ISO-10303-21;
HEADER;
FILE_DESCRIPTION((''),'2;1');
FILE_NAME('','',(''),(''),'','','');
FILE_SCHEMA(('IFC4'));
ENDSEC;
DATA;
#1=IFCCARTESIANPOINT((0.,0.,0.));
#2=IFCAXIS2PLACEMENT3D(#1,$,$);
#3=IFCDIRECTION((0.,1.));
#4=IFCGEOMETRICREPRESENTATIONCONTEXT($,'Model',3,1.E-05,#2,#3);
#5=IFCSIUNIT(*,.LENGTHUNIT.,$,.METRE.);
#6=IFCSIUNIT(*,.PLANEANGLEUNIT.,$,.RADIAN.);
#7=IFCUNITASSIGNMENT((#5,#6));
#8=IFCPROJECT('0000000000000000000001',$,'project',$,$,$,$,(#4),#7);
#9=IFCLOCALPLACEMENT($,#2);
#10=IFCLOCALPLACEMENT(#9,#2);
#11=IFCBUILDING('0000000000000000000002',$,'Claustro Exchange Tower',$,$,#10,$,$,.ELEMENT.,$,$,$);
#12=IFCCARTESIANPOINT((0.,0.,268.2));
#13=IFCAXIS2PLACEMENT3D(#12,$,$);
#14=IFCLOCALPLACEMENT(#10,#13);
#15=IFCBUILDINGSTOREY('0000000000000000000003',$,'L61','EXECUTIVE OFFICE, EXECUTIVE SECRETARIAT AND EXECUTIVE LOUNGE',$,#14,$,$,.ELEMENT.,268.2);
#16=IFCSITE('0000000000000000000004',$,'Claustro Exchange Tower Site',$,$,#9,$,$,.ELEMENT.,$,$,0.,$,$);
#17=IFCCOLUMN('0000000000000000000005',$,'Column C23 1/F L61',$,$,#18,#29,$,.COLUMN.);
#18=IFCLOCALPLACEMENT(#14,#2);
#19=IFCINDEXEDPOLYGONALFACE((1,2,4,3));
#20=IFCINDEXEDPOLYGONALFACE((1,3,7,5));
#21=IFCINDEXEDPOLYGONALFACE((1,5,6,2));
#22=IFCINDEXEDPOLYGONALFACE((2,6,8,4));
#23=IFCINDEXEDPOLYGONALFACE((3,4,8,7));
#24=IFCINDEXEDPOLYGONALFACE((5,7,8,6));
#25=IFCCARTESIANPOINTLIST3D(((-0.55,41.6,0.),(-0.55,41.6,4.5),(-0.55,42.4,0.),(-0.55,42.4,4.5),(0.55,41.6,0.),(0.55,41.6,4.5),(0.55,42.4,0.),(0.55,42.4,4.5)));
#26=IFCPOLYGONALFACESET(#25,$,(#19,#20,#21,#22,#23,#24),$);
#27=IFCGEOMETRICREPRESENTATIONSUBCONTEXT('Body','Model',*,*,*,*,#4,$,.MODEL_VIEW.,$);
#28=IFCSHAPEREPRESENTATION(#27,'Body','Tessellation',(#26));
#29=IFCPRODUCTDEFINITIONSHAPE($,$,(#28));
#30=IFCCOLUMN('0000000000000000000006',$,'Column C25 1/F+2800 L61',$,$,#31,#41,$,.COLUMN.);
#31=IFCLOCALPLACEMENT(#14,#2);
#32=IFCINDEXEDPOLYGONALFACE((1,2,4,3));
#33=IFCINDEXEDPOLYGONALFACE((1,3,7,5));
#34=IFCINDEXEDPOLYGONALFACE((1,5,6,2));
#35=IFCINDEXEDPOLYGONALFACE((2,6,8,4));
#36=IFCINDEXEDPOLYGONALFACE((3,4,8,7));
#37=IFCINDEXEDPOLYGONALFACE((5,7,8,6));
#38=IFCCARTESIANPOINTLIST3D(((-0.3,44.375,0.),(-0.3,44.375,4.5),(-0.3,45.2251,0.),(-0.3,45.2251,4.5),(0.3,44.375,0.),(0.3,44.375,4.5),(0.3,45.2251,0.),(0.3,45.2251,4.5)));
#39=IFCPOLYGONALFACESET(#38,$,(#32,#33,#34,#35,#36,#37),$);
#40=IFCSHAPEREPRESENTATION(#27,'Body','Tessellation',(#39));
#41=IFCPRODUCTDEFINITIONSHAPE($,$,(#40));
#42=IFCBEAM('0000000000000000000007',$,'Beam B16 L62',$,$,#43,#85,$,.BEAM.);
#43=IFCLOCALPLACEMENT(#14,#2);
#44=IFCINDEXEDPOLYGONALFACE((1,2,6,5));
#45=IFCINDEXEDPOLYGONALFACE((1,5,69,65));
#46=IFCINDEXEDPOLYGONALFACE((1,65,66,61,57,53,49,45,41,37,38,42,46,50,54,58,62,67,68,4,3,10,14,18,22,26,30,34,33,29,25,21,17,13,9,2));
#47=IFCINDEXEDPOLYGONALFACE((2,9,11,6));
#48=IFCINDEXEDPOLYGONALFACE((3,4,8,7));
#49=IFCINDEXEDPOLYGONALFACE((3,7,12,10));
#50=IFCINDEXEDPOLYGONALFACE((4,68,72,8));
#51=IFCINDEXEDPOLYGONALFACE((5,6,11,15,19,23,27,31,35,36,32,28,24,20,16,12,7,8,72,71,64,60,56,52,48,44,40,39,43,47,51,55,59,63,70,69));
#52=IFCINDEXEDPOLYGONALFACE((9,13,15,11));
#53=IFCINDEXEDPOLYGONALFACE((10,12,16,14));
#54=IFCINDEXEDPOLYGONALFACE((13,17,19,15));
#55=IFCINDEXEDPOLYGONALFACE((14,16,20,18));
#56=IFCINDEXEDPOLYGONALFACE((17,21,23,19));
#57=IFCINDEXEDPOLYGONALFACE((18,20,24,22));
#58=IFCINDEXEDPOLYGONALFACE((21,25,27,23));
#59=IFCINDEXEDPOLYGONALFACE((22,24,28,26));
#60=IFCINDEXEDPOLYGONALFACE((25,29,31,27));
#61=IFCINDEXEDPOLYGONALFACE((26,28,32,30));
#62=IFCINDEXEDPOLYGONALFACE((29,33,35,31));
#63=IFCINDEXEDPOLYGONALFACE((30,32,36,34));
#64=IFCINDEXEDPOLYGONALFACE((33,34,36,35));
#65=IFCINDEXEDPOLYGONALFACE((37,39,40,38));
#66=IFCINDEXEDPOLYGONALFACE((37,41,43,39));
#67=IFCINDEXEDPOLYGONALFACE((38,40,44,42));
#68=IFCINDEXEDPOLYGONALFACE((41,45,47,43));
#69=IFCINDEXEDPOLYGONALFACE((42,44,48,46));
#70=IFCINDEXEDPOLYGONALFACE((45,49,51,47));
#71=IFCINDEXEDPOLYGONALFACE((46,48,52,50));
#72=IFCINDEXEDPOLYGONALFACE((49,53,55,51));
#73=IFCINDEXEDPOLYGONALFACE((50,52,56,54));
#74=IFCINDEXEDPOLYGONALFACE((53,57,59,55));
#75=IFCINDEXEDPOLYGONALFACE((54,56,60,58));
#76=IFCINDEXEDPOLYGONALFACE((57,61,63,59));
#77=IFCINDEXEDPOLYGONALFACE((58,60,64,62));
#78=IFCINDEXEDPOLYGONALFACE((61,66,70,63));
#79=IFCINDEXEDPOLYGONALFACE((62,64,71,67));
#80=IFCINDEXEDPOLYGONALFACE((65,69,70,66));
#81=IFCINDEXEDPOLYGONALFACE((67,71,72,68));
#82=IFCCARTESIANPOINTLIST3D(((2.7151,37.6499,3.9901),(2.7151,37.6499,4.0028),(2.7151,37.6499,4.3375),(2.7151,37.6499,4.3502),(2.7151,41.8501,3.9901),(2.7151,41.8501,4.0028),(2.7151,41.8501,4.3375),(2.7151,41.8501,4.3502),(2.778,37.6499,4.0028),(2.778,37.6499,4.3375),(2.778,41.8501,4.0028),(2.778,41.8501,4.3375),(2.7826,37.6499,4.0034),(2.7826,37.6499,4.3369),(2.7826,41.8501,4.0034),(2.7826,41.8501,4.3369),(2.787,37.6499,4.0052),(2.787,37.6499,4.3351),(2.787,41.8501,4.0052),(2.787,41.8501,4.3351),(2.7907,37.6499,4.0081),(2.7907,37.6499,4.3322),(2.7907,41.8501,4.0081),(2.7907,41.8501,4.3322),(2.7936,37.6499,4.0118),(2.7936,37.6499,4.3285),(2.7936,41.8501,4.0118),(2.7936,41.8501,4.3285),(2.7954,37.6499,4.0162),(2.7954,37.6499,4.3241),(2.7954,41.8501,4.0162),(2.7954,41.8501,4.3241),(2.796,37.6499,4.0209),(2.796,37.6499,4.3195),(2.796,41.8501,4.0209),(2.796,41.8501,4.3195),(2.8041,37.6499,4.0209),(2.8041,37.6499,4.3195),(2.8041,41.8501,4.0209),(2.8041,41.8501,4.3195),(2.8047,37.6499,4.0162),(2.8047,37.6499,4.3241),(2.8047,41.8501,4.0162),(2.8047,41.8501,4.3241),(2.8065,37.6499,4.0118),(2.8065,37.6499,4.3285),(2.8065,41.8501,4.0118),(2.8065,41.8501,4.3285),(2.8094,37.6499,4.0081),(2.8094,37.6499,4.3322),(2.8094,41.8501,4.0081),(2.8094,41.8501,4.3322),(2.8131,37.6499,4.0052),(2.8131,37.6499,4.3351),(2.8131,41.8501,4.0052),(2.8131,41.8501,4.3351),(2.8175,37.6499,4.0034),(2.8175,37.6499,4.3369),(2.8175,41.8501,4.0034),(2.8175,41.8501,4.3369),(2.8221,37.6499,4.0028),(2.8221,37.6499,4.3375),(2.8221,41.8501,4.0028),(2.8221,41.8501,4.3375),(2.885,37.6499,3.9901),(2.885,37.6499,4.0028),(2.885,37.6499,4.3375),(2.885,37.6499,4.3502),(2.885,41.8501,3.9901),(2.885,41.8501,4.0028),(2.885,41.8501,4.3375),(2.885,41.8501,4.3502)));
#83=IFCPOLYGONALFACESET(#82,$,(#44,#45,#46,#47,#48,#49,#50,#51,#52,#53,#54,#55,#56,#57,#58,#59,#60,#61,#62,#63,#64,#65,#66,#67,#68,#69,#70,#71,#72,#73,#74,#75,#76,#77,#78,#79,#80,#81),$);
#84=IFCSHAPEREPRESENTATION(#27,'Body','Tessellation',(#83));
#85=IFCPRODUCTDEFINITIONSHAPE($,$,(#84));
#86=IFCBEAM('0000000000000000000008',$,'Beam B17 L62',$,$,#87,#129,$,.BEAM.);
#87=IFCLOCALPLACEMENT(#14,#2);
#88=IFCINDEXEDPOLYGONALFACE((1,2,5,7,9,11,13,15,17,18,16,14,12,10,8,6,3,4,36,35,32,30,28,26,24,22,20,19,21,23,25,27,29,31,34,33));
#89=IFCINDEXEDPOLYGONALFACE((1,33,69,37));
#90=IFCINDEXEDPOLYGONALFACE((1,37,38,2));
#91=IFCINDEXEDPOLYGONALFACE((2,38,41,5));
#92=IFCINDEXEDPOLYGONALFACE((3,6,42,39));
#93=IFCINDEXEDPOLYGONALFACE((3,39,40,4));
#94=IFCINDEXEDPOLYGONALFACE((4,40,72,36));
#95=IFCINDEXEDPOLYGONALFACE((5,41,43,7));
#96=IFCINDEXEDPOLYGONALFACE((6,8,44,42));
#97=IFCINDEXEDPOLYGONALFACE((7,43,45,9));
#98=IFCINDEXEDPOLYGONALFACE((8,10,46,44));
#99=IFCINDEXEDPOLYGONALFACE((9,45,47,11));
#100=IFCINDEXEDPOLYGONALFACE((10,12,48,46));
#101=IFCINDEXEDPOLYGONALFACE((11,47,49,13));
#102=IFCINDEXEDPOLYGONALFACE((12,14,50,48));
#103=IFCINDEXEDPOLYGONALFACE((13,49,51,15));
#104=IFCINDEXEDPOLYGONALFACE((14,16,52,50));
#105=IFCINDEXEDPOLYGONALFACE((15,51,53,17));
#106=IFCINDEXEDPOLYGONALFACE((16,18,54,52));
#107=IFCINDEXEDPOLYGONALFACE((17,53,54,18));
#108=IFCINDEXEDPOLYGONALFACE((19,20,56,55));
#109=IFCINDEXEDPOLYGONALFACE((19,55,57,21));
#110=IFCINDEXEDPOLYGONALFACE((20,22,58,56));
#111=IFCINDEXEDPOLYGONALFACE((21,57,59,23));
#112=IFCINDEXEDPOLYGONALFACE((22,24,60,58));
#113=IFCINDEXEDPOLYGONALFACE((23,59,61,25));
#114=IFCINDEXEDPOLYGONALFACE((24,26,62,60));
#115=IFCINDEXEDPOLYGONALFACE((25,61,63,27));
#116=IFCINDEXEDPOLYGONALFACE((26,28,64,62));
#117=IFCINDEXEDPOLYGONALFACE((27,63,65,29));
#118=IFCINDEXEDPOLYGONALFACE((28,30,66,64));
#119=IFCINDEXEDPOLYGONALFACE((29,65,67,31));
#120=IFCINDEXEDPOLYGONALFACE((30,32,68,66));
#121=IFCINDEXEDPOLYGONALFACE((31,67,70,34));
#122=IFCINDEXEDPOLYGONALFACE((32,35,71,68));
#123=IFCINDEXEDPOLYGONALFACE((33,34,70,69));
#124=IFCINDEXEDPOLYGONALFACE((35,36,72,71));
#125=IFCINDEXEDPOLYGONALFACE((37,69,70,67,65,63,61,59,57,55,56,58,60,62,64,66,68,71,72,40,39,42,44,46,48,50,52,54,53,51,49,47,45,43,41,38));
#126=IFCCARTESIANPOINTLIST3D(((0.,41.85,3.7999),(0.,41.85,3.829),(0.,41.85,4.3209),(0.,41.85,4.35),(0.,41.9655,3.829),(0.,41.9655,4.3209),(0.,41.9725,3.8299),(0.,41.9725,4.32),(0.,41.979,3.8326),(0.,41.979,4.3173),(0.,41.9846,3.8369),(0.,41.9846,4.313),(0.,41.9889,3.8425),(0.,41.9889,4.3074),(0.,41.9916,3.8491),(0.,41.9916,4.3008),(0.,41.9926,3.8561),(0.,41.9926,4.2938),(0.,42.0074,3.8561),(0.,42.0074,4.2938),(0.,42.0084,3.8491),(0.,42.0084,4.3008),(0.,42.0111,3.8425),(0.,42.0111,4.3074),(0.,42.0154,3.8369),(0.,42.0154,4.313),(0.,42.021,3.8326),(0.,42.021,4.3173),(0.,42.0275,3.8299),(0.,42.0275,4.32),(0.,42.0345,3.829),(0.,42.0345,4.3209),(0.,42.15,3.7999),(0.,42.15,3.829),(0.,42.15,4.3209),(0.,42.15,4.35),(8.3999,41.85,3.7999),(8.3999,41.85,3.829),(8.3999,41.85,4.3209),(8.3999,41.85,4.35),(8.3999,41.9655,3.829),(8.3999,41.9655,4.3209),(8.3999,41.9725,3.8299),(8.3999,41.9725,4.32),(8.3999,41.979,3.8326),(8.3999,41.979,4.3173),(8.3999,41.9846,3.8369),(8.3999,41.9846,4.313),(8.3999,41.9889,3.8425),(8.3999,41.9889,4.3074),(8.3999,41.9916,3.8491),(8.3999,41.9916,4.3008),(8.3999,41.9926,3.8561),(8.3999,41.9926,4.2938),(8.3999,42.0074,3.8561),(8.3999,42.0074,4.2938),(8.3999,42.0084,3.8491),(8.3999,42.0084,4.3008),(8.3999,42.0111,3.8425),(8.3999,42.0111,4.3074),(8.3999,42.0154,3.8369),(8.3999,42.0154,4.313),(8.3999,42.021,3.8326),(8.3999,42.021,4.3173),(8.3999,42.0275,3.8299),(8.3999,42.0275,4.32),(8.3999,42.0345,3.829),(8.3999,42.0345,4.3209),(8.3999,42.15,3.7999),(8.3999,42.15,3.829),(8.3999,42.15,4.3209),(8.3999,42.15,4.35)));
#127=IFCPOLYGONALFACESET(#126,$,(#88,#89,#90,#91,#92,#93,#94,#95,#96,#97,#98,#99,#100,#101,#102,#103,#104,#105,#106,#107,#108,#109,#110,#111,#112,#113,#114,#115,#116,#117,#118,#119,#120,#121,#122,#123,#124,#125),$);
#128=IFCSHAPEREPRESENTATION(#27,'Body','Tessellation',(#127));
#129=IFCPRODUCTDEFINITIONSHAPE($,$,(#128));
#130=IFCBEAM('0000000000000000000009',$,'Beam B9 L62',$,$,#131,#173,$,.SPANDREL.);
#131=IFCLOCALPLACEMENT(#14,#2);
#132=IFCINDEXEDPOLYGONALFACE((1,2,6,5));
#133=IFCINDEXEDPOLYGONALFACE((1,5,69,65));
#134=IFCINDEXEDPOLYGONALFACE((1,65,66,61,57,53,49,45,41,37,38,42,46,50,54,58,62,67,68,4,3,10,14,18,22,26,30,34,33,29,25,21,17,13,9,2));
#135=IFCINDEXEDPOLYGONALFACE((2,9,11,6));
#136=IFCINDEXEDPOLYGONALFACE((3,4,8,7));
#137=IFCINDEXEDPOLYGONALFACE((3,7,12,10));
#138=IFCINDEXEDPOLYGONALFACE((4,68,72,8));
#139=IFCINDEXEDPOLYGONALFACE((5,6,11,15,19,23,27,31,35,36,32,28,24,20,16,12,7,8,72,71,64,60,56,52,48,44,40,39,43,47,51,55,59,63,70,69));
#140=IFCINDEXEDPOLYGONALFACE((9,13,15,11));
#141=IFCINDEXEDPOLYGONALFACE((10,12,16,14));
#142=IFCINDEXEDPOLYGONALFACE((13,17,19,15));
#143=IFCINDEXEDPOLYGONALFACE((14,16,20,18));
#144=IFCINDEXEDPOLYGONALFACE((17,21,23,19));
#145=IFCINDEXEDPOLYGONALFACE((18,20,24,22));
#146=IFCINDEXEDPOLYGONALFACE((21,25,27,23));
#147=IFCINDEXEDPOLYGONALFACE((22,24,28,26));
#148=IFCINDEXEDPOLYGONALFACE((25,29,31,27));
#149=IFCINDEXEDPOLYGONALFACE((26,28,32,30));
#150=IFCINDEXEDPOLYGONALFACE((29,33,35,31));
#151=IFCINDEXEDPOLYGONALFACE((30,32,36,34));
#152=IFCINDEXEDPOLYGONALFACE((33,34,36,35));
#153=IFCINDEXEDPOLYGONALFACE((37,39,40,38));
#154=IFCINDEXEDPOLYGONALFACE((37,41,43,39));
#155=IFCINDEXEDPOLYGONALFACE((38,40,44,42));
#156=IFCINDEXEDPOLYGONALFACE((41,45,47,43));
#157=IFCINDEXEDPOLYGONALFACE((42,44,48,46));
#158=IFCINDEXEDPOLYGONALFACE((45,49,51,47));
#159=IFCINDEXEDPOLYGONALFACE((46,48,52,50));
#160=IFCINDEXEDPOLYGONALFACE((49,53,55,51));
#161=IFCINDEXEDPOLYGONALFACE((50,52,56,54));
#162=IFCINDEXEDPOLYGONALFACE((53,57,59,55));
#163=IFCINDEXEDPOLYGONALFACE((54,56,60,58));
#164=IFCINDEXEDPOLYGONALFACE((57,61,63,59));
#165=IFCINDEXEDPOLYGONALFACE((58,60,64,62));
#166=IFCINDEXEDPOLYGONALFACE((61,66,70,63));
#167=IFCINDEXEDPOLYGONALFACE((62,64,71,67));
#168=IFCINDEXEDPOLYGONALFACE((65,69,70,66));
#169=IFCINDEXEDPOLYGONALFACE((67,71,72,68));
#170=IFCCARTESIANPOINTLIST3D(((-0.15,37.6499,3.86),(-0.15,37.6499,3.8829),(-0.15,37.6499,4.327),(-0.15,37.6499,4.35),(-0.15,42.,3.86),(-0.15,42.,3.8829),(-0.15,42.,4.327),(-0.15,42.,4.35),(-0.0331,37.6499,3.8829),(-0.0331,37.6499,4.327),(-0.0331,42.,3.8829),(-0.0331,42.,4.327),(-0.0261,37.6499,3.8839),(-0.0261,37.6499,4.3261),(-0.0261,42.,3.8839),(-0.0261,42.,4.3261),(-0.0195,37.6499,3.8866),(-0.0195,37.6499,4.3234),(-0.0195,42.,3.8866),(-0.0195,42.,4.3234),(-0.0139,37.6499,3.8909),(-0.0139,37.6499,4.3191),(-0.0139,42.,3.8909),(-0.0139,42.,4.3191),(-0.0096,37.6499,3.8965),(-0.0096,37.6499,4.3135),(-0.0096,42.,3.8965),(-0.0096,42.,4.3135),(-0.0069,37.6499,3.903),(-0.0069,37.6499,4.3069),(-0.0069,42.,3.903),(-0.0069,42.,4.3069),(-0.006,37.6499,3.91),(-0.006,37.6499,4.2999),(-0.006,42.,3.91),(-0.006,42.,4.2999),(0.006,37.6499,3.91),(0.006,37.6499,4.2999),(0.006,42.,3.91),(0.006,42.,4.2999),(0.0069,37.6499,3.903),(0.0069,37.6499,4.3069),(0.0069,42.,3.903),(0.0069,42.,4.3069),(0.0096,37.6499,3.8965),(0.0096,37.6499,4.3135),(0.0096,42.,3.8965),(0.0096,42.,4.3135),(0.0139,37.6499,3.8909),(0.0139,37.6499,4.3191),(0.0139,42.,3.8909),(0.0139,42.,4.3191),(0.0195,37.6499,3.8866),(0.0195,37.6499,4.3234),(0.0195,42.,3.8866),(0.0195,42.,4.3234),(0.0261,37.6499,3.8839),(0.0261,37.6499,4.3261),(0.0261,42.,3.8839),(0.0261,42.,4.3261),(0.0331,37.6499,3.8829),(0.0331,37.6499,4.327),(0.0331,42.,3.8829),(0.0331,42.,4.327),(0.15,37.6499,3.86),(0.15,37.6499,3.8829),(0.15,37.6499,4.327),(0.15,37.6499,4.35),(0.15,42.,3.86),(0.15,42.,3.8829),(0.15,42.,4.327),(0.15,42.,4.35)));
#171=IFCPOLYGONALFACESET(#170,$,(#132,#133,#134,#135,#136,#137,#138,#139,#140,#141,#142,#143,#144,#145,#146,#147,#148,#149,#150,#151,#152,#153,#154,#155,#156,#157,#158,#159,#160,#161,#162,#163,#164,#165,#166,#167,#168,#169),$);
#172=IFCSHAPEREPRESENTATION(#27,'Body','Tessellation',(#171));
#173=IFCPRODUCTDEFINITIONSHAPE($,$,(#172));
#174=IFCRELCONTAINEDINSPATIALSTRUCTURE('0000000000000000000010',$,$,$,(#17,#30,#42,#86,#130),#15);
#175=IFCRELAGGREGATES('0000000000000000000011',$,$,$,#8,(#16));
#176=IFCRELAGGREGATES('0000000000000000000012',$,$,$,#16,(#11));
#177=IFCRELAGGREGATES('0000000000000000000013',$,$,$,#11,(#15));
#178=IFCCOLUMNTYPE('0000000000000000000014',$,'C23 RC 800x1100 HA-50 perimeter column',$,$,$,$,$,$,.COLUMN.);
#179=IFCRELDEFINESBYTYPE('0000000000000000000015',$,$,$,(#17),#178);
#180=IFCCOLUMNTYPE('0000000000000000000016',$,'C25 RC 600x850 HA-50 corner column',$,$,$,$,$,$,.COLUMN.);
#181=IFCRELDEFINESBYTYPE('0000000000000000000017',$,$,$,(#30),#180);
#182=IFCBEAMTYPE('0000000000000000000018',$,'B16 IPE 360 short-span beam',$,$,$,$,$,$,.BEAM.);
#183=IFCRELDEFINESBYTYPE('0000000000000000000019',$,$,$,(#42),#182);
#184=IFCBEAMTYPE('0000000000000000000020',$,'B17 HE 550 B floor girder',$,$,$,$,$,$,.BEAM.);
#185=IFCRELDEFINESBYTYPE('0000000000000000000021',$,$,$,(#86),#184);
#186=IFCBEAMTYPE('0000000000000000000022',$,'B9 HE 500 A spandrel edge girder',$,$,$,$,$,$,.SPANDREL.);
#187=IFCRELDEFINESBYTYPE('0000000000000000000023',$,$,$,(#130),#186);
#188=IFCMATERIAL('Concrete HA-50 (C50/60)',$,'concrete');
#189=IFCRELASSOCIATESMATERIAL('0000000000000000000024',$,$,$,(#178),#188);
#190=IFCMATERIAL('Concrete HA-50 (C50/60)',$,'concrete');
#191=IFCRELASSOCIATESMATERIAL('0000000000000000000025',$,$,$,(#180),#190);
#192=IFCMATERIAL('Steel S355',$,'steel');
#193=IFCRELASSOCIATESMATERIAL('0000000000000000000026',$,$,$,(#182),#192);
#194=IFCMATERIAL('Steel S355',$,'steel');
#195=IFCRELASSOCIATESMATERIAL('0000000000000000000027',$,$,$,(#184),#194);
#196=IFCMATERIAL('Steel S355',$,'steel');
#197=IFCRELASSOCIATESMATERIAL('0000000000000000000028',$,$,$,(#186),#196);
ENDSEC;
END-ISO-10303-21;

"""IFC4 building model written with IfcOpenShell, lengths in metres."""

from ifc_helpers import new_model, si_unit, direction, frame, origin, origin_2d, place, context, subcontext, project, spatial, rectangle, i_section, extrude, material, material_profile, profile_set, type_object, element, save


model = new_model("IFC4")

# Units and contexts
model_context = context("Model", 3, precision=1e-05, world=origin(), true_north=direction((0.0, 1.0)))
body_context = subcontext(model_context, "Body", "Model", "MODEL_VIEW")
ifc_project = project(units=[si_unit("LENGTHUNIT", "METRE"), si_unit("PLANEANGLEUNIT", "RADIAN")], contexts=[model_context])

# Site, building, storey
site_placement = place(None, origin())
site = spatial("IfcSite", under=ifc_project, at=site_placement, Name="Claustro Exchange Tower Site", CompositionType="ELEMENT", RefElevation=0.0)
building_placement = place(site_placement, origin())
building = spatial("IfcBuilding", under=site, at=building_placement, Name="Claustro Exchange Tower", CompositionType="ELEMENT")
storey_placement = place(building_placement, frame((0.0, 0.0, 268.2)))
storey = spatial("IfcBuildingStorey", under=building, at=storey_placement, Name="L61", Description="EXECUTIVE OFFICE, EXECUTIVE SECRETARIAT AND EXECUTIVE LOUNGE", CompositionType="ELEMENT", Elevation=268.2)

# Columns
ifc_material_1 = material(Name="Concrete HA-50 (C50/60)", Category="concrete")
ifc_material_profile_1 = material_profile(ifc_material_1, rectangle(XDim=0.8, YDim=1.1001, at=origin_2d()), Name="RC 800x1100")
ifc_profile_set_1 = profile_set([ifc_material_profile_1], Name="Concrete HA-50 (C50/60)")
column_type_1 = type_object("IfcColumnType", Name="C23 RC 800x1100 HA-50 perimeter column", PredefinedType="COLUMN", material=ifc_profile_set_1)
column_1_placement = place(storey_placement, frame((0.0, 42.0, 0.0), z_axis=(0.0, 0.0, 1.0), x_axis=(0.0, 1.0, 0.0)))
element("IfcColumn", 1, at=column_1_placement, inside=storey, type_object=column_type_1, Name="Column C23 1/F L61", PredefinedType="COLUMN", context=body_context, shape_type="SweptSolid", body=[
    extrude(rectangle(XDim=0.8, YDim=1.1001, at=origin_2d()), origin(), (0.0, 0.0, 1.0), 4.5),
])
ifc_material_2 = material(Name="Concrete HA-50 (C50/60)", Category="concrete")
ifc_material_profile_2 = material_profile(ifc_material_2, rectangle(XDim=0.6001, YDim=0.8501, at=origin_2d()), Name="RC 600x850")
ifc_profile_set_2 = profile_set([ifc_material_profile_2], Name="Concrete HA-50 (C50/60)")
column_type_2 = type_object("IfcColumnType", Name="C25 RC 600x850 HA-50 corner column", PredefinedType="COLUMN", material=ifc_profile_set_2)
column_2_placement = place(storey_placement, frame((0.0, 44.8, 0.0), z_axis=(0.0, 0.0, 1.0), x_axis=(1.0, 0.0, 0.0)))
element("IfcColumn", 2, at=column_2_placement, inside=storey, type_object=column_type_2, Name="Column C25 1/F+2800 L61", PredefinedType="COLUMN", context=body_context, shape_type="SweptSolid", body=[
    extrude(rectangle(XDim=0.6001, YDim=0.8501, at=origin_2d()), origin(), (0.0, 0.0, 1.0), 4.5),
])

# Beams
ifc_material_3 = material(Name="Steel S355", Category="steel")
ifc_material_profile_3 = material_profile(ifc_material_3, i_section(OverallWidth=0.1699, OverallDepth=0.3601, WebThickness=0.0081, FlangeThickness=0.0127, FilletRadius=0.0181, at=origin_2d()), Name="IPE 360")
ifc_profile_set_3 = profile_set([ifc_material_profile_3], Name="Steel S355")
beam_type_1 = type_object("IfcBeamType", Name="B16 IPE 360 short-span beam", PredefinedType="BEAM", material=ifc_profile_set_3)
beam_1_placement = place(storey_placement, frame((2.8, 37.6499, 4.1702), z_axis=(0.0, 1.0, 0.0), x_axis=(-1.0, 0.0, 0.0)))
element("IfcBeam", 3, at=beam_1_placement, inside=storey, type_object=beam_type_1, Name="Beam B16 L62", PredefinedType="BEAM", context=body_context, shape_type="SweptSolid", body=[
    extrude(i_section(OverallWidth=0.1699, OverallDepth=0.3601, WebThickness=0.0081, FlangeThickness=0.0127, FilletRadius=0.0181, at=origin_2d()), origin(), (0.0, 0.0, 1.0), 4.2002),
])
ifc_material_4 = material(Name="Steel S355", Category="steel")
ifc_material_profile_4 = material_profile(ifc_material_4, i_section(OverallWidth=0.3, OverallDepth=0.55, WebThickness=0.0149, FlangeThickness=0.0291, FilletRadius=0.0271, at=origin_2d()), Name="HE 550 B")
ifc_profile_set_4 = profile_set([ifc_material_profile_4], Name="Steel S355")
beam_type_2 = type_object("IfcBeamType", Name="B17 HE 550 B floor girder", PredefinedType="BEAM", material=ifc_profile_set_4)
beam_2_placement = place(storey_placement, frame((0.0, 42.0, 4.075), z_axis=(1.0, 0.0, 0.0), x_axis=(0.0, 1.0, 0.0)))
element("IfcBeam", 4, at=beam_2_placement, inside=storey, type_object=beam_type_2, Name="Beam B17 L62", PredefinedType="BEAM", context=body_context, shape_type="SweptSolid", body=[
    extrude(i_section(OverallWidth=0.3, OverallDepth=0.55, WebThickness=0.0149, FlangeThickness=0.0291, FilletRadius=0.0271, at=origin_2d()), origin(), (0.0, 0.0, 1.0), 8.3999),
])
ifc_material_5 = material(Name="Steel S355", Category="steel")
ifc_material_profile_5 = material_profile(ifc_material_5, i_section(OverallWidth=0.3, OverallDepth=0.49, WebThickness=0.012, FlangeThickness=0.0229, FilletRadius=0.0271, at=origin_2d()), Name="HE 500 A")
ifc_profile_set_5 = profile_set([ifc_material_profile_5], Name="Steel S355")
beam_type_3 = type_object("IfcBeamType", Name="B9 HE 500 A spandrel edge girder", PredefinedType="SPANDREL", material=ifc_profile_set_5)
beam_3_placement = place(storey_placement, frame((0.0, 37.6499, 4.105), z_axis=(0.0, 1.0, 0.0), x_axis=(-1.0, 0.0, 0.0)))
element("IfcBeam", 5, at=beam_3_placement, inside=storey, type_object=beam_type_3, Name="Beam B9 L62", PredefinedType="SPANDREL", context=body_context, shape_type="SweptSolid", body=[
    extrude(i_section(OverallWidth=0.3, OverallDepth=0.49, WebThickness=0.012, FlangeThickness=0.0229, FilletRadius=0.0271, at=origin_2d()), origin(), (0.0, 0.0, 1.0), 4.3501),
])

save(model, "model.ifc")
